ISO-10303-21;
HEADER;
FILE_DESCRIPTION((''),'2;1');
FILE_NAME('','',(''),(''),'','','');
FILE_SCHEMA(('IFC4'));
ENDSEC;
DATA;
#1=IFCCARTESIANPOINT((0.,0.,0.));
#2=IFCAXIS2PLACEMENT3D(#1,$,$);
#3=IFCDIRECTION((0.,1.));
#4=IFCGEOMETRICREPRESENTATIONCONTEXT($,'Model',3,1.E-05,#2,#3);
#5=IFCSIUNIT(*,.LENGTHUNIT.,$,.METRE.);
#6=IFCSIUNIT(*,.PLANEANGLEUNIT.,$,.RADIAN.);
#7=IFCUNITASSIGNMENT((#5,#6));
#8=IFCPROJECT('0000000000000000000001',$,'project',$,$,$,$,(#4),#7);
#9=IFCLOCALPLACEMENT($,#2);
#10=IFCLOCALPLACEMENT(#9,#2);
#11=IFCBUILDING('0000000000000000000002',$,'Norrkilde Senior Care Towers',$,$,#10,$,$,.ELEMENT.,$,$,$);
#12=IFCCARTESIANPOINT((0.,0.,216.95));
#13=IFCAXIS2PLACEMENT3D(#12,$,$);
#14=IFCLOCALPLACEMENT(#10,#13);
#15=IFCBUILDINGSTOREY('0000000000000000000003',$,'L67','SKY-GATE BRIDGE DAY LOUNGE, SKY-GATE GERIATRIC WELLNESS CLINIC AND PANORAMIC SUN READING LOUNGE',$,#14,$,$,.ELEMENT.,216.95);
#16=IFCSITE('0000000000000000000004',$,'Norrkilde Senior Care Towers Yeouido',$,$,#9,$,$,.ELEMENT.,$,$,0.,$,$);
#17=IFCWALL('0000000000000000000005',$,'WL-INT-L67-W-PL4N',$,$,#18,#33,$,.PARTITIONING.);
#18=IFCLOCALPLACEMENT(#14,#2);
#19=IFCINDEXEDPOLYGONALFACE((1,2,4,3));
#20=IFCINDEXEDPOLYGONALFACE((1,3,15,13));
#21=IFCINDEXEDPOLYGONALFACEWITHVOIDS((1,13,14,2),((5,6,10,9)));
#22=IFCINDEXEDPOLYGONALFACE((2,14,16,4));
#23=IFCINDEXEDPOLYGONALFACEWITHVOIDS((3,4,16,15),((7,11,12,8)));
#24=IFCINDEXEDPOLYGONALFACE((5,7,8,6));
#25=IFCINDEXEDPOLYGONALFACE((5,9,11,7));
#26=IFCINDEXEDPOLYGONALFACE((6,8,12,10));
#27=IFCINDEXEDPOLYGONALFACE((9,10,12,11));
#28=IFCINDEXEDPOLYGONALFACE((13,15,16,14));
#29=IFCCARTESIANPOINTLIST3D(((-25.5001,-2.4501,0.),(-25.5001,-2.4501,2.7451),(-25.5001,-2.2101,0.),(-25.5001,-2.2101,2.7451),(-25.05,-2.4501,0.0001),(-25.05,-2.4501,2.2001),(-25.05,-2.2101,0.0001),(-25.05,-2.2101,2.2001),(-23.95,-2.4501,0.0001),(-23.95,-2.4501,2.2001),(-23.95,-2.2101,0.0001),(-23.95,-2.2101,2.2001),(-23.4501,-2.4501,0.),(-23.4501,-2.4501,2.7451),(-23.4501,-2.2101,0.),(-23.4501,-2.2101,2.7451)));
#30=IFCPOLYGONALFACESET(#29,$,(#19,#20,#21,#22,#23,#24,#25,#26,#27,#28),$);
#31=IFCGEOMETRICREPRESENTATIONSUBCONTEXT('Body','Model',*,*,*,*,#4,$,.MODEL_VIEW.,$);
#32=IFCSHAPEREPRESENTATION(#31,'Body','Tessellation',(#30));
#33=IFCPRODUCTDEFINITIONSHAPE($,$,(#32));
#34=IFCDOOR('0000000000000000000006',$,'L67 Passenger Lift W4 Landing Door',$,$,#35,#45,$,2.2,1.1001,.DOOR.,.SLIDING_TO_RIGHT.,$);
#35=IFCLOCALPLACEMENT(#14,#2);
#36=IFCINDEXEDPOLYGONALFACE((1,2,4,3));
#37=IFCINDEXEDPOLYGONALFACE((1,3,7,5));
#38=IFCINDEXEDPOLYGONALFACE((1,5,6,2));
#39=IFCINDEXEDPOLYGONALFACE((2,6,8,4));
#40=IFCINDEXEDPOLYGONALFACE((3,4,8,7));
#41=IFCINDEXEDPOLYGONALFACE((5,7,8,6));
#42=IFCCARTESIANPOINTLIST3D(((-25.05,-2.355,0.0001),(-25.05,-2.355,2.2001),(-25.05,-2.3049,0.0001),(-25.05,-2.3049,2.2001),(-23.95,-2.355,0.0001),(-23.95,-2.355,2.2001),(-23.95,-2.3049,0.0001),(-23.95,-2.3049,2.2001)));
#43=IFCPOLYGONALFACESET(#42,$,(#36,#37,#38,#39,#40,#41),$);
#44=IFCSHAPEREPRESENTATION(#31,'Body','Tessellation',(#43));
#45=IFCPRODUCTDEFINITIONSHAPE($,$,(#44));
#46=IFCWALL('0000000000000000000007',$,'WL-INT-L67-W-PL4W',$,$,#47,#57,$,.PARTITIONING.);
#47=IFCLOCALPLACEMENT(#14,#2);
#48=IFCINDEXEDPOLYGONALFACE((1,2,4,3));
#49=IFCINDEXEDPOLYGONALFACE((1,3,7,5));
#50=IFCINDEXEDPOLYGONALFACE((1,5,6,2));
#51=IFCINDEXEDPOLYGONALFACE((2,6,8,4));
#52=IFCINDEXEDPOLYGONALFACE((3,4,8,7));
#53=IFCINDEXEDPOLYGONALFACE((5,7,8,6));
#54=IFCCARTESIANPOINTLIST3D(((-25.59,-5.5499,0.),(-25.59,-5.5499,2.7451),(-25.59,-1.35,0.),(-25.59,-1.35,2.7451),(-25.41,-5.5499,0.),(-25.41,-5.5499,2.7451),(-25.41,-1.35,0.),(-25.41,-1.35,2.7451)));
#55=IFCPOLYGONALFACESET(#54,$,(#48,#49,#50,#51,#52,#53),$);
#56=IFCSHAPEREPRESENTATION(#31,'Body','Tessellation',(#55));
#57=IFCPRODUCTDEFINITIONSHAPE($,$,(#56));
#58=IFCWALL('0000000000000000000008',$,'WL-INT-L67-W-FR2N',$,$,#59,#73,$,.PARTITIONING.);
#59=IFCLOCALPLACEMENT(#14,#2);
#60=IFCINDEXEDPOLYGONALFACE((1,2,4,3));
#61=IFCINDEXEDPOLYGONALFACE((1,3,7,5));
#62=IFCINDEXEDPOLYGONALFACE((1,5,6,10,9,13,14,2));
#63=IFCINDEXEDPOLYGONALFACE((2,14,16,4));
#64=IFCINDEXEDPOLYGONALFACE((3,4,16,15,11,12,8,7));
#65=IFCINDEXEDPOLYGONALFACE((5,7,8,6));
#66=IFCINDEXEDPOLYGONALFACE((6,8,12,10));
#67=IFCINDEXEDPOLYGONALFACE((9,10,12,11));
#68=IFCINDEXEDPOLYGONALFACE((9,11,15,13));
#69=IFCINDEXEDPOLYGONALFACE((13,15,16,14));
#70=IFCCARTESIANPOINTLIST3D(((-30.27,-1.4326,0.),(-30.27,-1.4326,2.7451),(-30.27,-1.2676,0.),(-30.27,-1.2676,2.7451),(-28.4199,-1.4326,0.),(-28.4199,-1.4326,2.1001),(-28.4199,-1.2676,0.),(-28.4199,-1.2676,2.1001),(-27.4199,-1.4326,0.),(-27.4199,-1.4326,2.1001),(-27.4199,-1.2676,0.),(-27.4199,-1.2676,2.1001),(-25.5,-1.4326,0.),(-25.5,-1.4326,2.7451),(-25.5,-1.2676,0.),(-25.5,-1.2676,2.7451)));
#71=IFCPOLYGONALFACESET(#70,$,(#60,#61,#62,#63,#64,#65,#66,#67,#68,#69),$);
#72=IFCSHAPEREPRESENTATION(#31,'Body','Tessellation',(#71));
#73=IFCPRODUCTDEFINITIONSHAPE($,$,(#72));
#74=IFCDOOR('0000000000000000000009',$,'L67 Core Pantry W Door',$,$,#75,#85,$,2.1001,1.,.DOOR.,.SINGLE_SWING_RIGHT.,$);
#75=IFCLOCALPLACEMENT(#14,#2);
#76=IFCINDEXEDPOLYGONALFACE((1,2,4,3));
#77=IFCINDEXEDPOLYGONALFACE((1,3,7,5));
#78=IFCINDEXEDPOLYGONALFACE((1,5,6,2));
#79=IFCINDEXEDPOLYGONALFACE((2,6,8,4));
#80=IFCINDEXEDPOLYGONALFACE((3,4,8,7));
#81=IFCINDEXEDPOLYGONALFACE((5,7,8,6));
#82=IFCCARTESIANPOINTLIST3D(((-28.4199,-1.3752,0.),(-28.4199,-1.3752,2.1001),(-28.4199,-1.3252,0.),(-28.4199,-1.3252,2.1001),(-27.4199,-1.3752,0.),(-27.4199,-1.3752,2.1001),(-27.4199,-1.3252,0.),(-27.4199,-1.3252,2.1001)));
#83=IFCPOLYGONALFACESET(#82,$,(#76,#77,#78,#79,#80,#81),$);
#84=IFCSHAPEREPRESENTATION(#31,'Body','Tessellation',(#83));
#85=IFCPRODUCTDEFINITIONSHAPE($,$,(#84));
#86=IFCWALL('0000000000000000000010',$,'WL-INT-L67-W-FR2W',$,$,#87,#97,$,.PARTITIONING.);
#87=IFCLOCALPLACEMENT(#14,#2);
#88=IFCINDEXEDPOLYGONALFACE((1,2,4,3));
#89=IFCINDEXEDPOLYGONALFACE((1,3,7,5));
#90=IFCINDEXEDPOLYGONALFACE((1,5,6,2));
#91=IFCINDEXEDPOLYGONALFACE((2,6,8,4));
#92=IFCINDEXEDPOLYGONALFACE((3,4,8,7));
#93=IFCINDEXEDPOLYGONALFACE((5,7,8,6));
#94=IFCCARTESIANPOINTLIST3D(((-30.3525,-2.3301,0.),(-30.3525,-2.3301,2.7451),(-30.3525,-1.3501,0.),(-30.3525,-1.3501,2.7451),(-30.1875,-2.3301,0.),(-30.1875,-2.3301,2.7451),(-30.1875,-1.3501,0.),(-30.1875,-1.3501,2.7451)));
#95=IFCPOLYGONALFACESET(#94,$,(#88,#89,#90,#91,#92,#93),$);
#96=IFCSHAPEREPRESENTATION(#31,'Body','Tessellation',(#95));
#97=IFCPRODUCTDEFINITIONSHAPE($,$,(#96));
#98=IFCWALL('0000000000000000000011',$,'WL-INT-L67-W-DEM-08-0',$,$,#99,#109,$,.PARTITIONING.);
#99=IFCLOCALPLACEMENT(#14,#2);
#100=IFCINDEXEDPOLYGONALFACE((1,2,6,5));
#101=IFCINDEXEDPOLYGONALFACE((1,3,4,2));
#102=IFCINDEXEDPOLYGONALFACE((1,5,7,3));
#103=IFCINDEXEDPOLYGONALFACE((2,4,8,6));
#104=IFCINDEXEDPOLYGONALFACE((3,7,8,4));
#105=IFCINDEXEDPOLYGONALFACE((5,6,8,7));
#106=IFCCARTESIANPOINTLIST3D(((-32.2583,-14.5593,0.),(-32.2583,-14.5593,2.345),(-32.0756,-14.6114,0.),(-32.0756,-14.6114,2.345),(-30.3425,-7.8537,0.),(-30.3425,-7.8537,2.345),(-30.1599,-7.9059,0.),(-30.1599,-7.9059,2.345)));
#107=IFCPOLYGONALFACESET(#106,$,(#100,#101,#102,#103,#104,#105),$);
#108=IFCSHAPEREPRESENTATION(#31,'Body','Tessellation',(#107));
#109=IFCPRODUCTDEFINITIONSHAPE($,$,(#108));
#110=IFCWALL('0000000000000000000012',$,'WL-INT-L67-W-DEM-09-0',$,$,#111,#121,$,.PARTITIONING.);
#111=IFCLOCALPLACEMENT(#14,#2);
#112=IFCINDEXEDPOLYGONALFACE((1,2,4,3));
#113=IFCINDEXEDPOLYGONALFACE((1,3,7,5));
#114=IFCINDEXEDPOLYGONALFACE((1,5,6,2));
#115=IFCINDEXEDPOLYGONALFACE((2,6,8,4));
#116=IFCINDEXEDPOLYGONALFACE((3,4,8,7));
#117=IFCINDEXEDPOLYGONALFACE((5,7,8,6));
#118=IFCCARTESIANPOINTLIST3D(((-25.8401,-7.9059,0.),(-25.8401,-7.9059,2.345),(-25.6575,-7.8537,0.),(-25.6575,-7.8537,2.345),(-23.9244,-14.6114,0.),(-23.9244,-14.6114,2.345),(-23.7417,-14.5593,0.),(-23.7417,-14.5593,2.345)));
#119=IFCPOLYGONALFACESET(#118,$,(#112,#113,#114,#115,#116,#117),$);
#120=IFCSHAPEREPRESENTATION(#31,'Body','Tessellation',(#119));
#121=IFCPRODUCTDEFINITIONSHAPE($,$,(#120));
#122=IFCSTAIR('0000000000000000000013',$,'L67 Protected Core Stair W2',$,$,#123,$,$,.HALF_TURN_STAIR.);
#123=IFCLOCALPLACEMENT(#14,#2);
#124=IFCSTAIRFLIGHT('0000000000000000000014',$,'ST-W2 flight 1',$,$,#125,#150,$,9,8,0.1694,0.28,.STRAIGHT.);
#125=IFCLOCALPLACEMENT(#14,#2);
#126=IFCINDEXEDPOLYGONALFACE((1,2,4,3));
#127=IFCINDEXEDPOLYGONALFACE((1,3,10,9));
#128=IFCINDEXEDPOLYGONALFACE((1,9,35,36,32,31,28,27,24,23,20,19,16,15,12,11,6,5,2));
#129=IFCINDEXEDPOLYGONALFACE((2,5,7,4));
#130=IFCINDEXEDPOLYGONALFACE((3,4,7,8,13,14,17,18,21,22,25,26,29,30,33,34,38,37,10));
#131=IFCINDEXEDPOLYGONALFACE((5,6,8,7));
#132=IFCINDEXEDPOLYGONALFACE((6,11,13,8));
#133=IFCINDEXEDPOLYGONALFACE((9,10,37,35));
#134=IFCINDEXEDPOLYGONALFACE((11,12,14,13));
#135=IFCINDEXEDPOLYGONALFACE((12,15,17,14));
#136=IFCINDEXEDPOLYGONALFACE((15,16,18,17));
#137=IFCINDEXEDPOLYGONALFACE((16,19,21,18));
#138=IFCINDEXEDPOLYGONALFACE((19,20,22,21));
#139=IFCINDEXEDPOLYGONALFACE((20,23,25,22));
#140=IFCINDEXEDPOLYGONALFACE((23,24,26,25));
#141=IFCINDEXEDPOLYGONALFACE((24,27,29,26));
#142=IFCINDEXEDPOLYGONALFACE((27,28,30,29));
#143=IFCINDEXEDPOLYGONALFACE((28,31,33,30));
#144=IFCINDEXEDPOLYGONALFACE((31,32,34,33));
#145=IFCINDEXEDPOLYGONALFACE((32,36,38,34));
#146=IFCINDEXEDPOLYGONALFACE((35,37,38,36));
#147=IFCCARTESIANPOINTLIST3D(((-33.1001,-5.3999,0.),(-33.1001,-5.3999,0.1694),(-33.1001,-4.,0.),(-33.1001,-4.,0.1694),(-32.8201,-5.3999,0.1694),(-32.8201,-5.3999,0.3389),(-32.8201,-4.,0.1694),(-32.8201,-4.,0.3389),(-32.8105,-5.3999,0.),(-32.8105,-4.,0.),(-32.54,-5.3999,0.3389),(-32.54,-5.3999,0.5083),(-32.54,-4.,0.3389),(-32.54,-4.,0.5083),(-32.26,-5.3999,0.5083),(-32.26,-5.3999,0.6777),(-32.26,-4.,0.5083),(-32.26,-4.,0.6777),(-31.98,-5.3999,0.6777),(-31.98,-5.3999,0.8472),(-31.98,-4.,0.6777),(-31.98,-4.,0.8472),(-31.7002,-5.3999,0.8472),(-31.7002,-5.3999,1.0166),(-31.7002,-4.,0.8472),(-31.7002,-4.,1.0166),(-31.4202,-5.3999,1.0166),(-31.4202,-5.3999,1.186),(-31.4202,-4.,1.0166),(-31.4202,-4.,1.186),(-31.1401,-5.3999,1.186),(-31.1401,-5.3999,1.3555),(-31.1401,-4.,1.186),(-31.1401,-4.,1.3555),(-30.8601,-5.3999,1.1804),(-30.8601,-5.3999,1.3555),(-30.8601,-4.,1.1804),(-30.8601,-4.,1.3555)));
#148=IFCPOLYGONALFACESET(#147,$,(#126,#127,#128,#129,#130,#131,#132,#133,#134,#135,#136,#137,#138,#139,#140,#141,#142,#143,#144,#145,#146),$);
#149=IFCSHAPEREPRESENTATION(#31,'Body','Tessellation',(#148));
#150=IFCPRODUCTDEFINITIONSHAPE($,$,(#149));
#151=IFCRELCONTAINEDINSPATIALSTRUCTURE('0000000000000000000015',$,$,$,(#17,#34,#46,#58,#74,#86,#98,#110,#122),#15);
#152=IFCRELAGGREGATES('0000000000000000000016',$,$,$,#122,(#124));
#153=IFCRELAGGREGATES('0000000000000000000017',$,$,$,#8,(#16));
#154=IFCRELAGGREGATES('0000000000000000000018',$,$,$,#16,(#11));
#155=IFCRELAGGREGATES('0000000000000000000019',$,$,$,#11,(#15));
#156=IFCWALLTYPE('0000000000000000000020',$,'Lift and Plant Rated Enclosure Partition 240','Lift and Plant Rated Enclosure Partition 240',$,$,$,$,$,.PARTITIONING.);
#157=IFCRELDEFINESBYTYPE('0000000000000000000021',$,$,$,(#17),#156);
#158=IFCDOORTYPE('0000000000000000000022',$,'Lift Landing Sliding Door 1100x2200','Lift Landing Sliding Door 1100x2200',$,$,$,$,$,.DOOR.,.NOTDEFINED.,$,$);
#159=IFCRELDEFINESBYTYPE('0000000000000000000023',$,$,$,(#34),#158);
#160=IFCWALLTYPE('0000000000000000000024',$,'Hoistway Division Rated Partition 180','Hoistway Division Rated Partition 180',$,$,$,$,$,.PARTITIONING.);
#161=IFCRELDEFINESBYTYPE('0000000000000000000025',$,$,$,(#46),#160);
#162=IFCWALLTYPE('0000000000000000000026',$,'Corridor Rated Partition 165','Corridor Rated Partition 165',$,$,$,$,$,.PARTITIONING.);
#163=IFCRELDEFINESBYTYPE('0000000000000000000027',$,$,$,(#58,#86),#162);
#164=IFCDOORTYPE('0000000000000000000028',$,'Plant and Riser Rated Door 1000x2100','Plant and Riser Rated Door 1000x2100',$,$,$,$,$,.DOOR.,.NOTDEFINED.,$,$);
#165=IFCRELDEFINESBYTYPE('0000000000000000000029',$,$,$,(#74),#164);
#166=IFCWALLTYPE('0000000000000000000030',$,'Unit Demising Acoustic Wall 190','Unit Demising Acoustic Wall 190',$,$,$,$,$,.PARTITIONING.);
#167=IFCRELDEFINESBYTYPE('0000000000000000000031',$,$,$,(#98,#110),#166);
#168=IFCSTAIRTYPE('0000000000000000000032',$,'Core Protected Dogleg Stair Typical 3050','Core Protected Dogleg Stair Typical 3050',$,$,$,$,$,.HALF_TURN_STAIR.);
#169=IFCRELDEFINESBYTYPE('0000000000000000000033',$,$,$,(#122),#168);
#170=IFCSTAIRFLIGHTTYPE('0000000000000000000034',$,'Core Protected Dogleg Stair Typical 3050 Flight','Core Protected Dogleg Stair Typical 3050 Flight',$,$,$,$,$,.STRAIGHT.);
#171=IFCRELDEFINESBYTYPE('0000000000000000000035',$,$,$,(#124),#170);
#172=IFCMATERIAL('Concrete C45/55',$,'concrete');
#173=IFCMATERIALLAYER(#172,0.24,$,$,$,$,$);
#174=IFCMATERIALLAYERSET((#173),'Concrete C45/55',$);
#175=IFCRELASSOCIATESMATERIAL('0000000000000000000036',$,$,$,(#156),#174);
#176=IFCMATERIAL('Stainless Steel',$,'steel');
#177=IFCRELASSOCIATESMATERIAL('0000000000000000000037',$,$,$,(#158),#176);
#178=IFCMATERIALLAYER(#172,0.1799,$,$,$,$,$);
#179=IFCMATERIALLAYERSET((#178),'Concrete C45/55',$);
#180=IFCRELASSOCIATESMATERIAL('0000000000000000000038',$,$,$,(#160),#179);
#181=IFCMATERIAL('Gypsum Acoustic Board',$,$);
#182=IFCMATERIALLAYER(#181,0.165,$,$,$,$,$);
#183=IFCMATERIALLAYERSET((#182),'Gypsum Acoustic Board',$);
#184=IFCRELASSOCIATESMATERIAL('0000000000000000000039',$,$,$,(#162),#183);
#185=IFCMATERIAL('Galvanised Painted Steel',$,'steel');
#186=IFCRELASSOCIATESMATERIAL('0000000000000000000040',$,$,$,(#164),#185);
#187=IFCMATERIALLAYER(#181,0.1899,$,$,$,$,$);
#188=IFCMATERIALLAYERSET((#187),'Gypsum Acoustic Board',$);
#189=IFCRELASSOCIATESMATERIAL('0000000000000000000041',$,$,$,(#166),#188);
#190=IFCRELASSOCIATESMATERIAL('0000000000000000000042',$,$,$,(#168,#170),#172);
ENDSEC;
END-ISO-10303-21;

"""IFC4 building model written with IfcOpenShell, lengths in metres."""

from ifc_helpers import new_model, si_unit, direction, frame, frame_2d, origin, place, context, subcontext, project, spatial, polyline, rectangle, outline, extrude, source, transform, mapped, material, layer, layer_set, type_object, type_shapes, element, fill, aggregate, save


model = new_model("IFC4")

# Units and contexts
model_context = context("Model", 3, precision=1e-05, world=origin(), true_north=direction((0.0, 1.0)))
body_context = subcontext(model_context, "Body", "Model", "MODEL_VIEW")
ifc_project = project(units=[si_unit("LENGTHUNIT", "METRE"), si_unit("PLANEANGLEUNIT", "RADIAN")], contexts=[model_context])

# Site, building, storey
site_placement = place(None, origin())
site = spatial("IfcSite", under=ifc_project, at=site_placement, Name="Norrkilde Senior Care Towers Yeouido", CompositionType="ELEMENT", RefElevation=0.0)
building_placement = place(site_placement, origin())
building = spatial("IfcBuilding", under=site, at=building_placement, Name="Norrkilde Senior Care Towers", CompositionType="ELEMENT")
storey_placement = place(building_placement, frame((0.0, 0.0, 216.95)))
storey = spatial("IfcBuildingStorey", under=building, at=storey_placement, Name="L67", Description="SKY-GATE BRIDGE DAY LOUNGE, SKY-GATE GERIATRIC WELLNESS CLINIC AND PANORAMIC SUN READING LOUNGE", CompositionType="ELEMENT", Elevation=216.95)

# Shared definitions
ifc_material_1 = material(Name="Concrete C45/55", Category="concrete")
ifc_material_2 = material(Name="Gypsum Acoustic Board")

# Wall, opening, door
ifc_layer_1 = layer(ifc_material_1, 0.24)
ifc_layer_set_1 = layer_set([ifc_layer_1], Name="Concrete C45/55")
wall_type_1 = type_object("IfcWallType", Name="Lift and Plant Rated Enclosure Partition 240", Description="Lift and Plant Rated Enclosure Partition 240", PredefinedType="PARTITIONING", material=ifc_layer_set_1)
shared_shape_1 = source(origin(), body_context, "Body", "SweptSolid", [
    extrude(rectangle(XDim=2.05, YDim=0.24, at=frame_2d((1.0249, 0.0))), origin(), (0.0, 0.0, 1.0), 2.7451),
])
type_shapes(wall_type_1, [shared_shape_1])
wall_1_placement = place(storey_placement, frame((-25.5, -2.3301, 0.0), z_axis=(0.0, 0.0, 1.0), x_axis=(1.0, 0.0, 0.0)))
wall_1 = element("IfcWall", 1, at=wall_1_placement, inside=storey, type_object=wall_type_1, Name="WL-INT-L67-W-PL4N", PredefinedType="PARTITIONING", context=body_context, shape_type="MappedRepresentation", body=[
    mapped(shared_shape_1, transform((0.0, 0.0, 0.0), x_axis=(1.0, 0.0, 0.0), y_axis=(0.0, 1.0, 0.0), z_axis=(0.0, 0.0, 1.0), scale=1.0)),
])
opening_1_placement = place(wall_1_placement, frame((0.45, 0.0, 0.0)))
opening_1 = element("IfcOpeningElement", 2, at=opening_1_placement, cuts=wall_1, PredefinedType="OPENING", context=body_context, shape_type="SweptSolid", body=[
    extrude(rectangle(XDim=1.1001, YDim=2.2, at=frame_2d((0.55, 1.1001))), frame((0.0, 0.1299, 0.0), z_axis=(0.0, -1.0, 0.0), x_axis=(1.0, 0.0, 0.0)), (0.0, 0.0, 1.0), 0.26),
])
ifc_material_3 = material(Name="Stainless Steel", Category="steel")
door_type_1 = type_object("IfcDoorType", Name="Lift Landing Sliding Door 1100x2200", Description="Lift Landing Sliding Door 1100x2200", OperationType="NOTDEFINED", PredefinedType="DOOR", material=ifc_material_3)
shared_shape_2 = source(origin(), body_context, "Body", "SweptSolid", [
    extrude(rectangle(XDim=1.1001, YDim=2.2, at=frame_2d((0.55, 1.1001))), frame((0.0, 0.0249, 0.0), z_axis=(0.0, -1.0, 0.0), x_axis=(1.0, 0.0, 0.0)), (0.0, 0.0, 1.0), 0.05),
])
type_shapes(door_type_1, [shared_shape_2])
door_1_placement = place(opening_1_placement, frame((1.1001, 0.0, 0.0), z_axis=(0.0, 0.0, 1.0), x_axis=(-1.0, 0.0, 0.0)))
door_1 = element("IfcDoor", 3, at=door_1_placement, inside=storey, type_object=door_type_1, Name="L67 Passenger Lift W4 Landing Door", OperationType="SLIDING_TO_RIGHT", OverallHeight=2.2, OverallWidth=1.1001, PredefinedType="DOOR", context=body_context, shape_type="MappedRepresentation", body=[
    mapped(shared_shape_2, transform((0.0, 0.0, 0.0), x_axis=(1.0, 0.0, 0.0), y_axis=(0.0, 1.0, 0.0), z_axis=(0.0, 0.0, 1.0), scale=1.0)),
])
fill(opening_1, door_1)

# Wall
ifc_layer_2 = layer(ifc_material_1, 0.1799)
ifc_layer_set_2 = layer_set([ifc_layer_2], Name="Concrete C45/55")
wall_type_2 = type_object("IfcWallType", Name="Hoistway Division Rated Partition 180", Description="Hoistway Division Rated Partition 180", PredefinedType="PARTITIONING", material=ifc_layer_set_2)
shared_shape_3 = source(origin(), body_context, "Body", "SweptSolid", [
    extrude(rectangle(XDim=4.2, YDim=0.1799, at=frame_2d((2.1001, 0.0))), origin(), (0.0, 0.0, 1.0), 2.7451),
])
type_shapes(wall_type_2, [shared_shape_3])
wall_2_placement = place(storey_placement, frame((-25.5, -5.55, 0.0), z_axis=(0.0, 0.0, 1.0), x_axis=(0.0, 1.0, 0.0)))
element("IfcWall", 4, at=wall_2_placement, inside=storey, type_object=wall_type_2, Name="WL-INT-L67-W-PL4W", PredefinedType="PARTITIONING", context=body_context, shape_type="MappedRepresentation", body=[
    mapped(shared_shape_3, transform((0.0, 0.0, 0.0), x_axis=(1.0, 0.0, 0.0), y_axis=(0.0, 1.0, 0.0), z_axis=(0.0, 0.0, 1.0), scale=1.0)),
])

# Wall, opening, door
ifc_layer_3 = layer(ifc_material_2, 0.165)
ifc_layer_set_3 = layer_set([ifc_layer_3], Name="Gypsum Acoustic Board")
wall_type_3 = type_object("IfcWallType", Name="Corridor Rated Partition 165", Description="Corridor Rated Partition 165", PredefinedType="PARTITIONING", material=ifc_layer_set_3)
shared_shape_4 = source(origin(), body_context, "Body", "SweptSolid", [
    extrude(rectangle(XDim=4.77, YDim=0.165, at=frame_2d((2.385, 0.0))), origin(), (0.0, 0.0, 1.0), 2.7451),
])
wall_3_placement = place(storey_placement, frame((-30.27, -1.3501, 0.0), z_axis=(0.0, 0.0, 1.0), x_axis=(1.0, 0.0, 0.0)))
wall_3 = element("IfcWall", 5, at=wall_3_placement, inside=storey, type_object=wall_type_3, Name="WL-INT-L67-W-FR2N", PredefinedType="PARTITIONING", context=body_context, shape_type="MappedRepresentation", body=[
    mapped(shared_shape_4, transform((0.0, 0.0, 0.0), x_axis=(1.0, 0.0, 0.0), y_axis=(0.0, 1.0, 0.0), z_axis=(0.0, 0.0, 1.0), scale=1.0)),
])
opening_2_placement = place(wall_3_placement, frame((1.8501, 0.0, 0.0)))
opening_2 = element("IfcOpeningElement", 6, at=opening_2_placement, cuts=wall_3, PredefinedType="OPENING", context=body_context, shape_type="SweptSolid", body=[
    extrude(rectangle(XDim=1.0, YDim=2.1001, at=frame_2d((0.5, 1.05))), frame((0.0, 0.0925, 0.0), z_axis=(0.0, -1.0, 0.0), x_axis=(1.0, 0.0, 0.0)), (0.0, 0.0, 1.0), 0.1851),
])
ifc_material_4 = material(Name="Galvanised Painted Steel", Category="steel")
door_type_2 = type_object("IfcDoorType", Name="Plant and Riser Rated Door 1000x2100", Description="Plant and Riser Rated Door 1000x2100", OperationType="NOTDEFINED", PredefinedType="DOOR", material=ifc_material_4)
shared_shape_5 = source(origin(), body_context, "Body", "SweptSolid", [
    extrude(rectangle(XDim=1.0, YDim=2.1001, at=frame_2d((0.5, 1.05))), frame((0.0, 0.0249, 0.0), z_axis=(0.0, -1.0, 0.0), x_axis=(1.0, 0.0, 0.0)), (0.0, 0.0, 1.0), 0.05),
])
type_shapes(door_type_2, [shared_shape_5])
door_2_placement = place(opening_2_placement, origin())
door_2 = element("IfcDoor", 7, at=door_2_placement, inside=storey, type_object=door_type_2, Name="L67 Core Pantry W Door", OperationType="SINGLE_SWING_RIGHT", OverallHeight=2.1001, OverallWidth=1.0, PredefinedType="DOOR", context=body_context, shape_type="MappedRepresentation", body=[
    mapped(shared_shape_5, transform((0.0, 0.0, 0.0), x_axis=(1.0, 0.0, 0.0), y_axis=(0.0, 1.0, 0.0), z_axis=(0.0, 0.0, 1.0), scale=1.0)),
])
fill(opening_2, door_2)

# Walls
shared_shape_6 = source(origin(), body_context, "Body", "SweptSolid", [
    extrude(rectangle(XDim=0.98, YDim=0.165, at=frame_2d((0.49, 0.0))), origin(), (0.0, 0.0, 1.0), 2.7451),
])
type_shapes(wall_type_3, [shared_shape_4, shared_shape_6])
wall_4_placement = place(storey_placement, frame((-30.27, -2.3301, 0.0), z_axis=(0.0, 0.0, 1.0), x_axis=(0.0, 1.0, 0.0)))
element("IfcWall", 8, at=wall_4_placement, inside=storey, type_object=wall_type_3, Name="WL-INT-L67-W-FR2W", PredefinedType="PARTITIONING", context=body_context, shape_type="MappedRepresentation", body=[
    mapped(shared_shape_6, transform((0.0, 0.0, 0.0), x_axis=(1.0, 0.0, 0.0), y_axis=(0.0, 1.0, 0.0), z_axis=(0.0, 0.0, 1.0), scale=1.0)),
])
ifc_layer_4 = layer(ifc_material_2, 0.1899)
ifc_layer_set_4 = layer_set([ifc_layer_4], Name="Gypsum Acoustic Board")
wall_type_4 = type_object("IfcWallType", Name="Unit Demising Acoustic Wall 190", Description="Unit Demising Acoustic Wall 190", PredefinedType="PARTITIONING", material=ifc_layer_set_4)
shared_shape_7 = source(origin(), body_context, "Body", "SweptSolid", [
    extrude(rectangle(XDim=6.9739, YDim=0.1899, at=frame_2d((3.4868, 0.0))), origin(), (0.0, 0.0, 1.0), 2.345),
])
type_shapes(wall_type_4, [shared_shape_7])
for number, where, z_axis, x_axis, name in (
    (9, (-30.2512, -7.8799, 0.0), (0.0, 0.0, 1.0), (-0.274707, -0.961528, 0.0), "WL-INT-L67-W-DEM-08-0"),
    (10, (-25.7488, -7.8799, 0.0), (0.0, 0.0, 1.0), (0.274707, -0.961528, 0.0), "WL-INT-L67-W-DEM-09-0"),
):
    element("IfcWall", number, at=place(storey_placement, frame(where, z_axis=z_axis, x_axis=x_axis)), inside=storey, type_object=wall_type_4, Name=name, PredefinedType="PARTITIONING", context=body_context, shape_type="MappedRepresentation", body=[
        mapped(shared_shape_7, transform((0.0, 0.0, 0.0), x_axis=(1.0, 0.0, 0.0), y_axis=(0.0, 1.0, 0.0), z_axis=(0.0, 0.0, 1.0), scale=1.0)),
    ])

# Stair, stair flight
stair_type = type_object("IfcStairType", Name="Core Protected Dogleg Stair Typical 3050", Description="Core Protected Dogleg Stair Typical 3050", PredefinedType="HALF_TURN_STAIR", material=ifc_material_1)
stair_placement = place(storey_placement, origin())
stair = element("IfcStair", 11, at=stair_placement, inside=storey, type_object=stair_type, Name="L67 Protected Core Stair W2", PredefinedType="HALF_TURN_STAIR")
stair_flight_type = type_object("IfcStairFlightType", Name="Core Protected Dogleg Stair Typical 3050 Flight", Description="Core Protected Dogleg Stair Typical 3050 Flight", PredefinedType="STRAIGHT", material=ifc_material_1)
stair_flight_1_placement = place(storey_placement, frame((-33.1001, -4.7, 0.0), z_axis=(0.0, 0.0, 1.0), x_axis=(1.0, 0.0, 0.0)))
stair_flight_1 = element("IfcStairFlight", 12, at=stair_flight_1_placement, type_object=stair_flight_type, Name="ST-W2 flight 1", NumberOfRisers=9, NumberOfTreads=8, PredefinedType="STRAIGHT", RiserHeight=0.1694, TreadLength=0.28, context=body_context, shape_type="SweptSolid", body=[
    extrude(outline(polyline([(0.0, 0.0), (0.0, 0.1694), (0.28, 0.1694), (0.28, 0.3389), (0.5601, 0.3389), (0.5601, 0.5083), (0.8401, 0.5083), (0.8401, 0.6777), (1.1201, 0.6777), (1.1201, 0.8472), (1.3999, 0.8472), (1.3999, 1.0166), (1.6799, 1.0166), (1.6799, 1.186), (1.96, 1.186), (1.96, 1.3555), (2.24, 1.3555), (2.24, 1.5249), (2.24, 1.1804), (0.2896, 0.0), (0.0, 0.0)])), frame((0.0, 0.7, 0.0), z_axis=(0.0, -1.0, 0.0), x_axis=(1.0, 0.0, 0.0)), (0.0, 0.0, 1.0), 1.3999),
])
aggregate(stair, [stair_flight_1])

save(model, "model.ifc")
